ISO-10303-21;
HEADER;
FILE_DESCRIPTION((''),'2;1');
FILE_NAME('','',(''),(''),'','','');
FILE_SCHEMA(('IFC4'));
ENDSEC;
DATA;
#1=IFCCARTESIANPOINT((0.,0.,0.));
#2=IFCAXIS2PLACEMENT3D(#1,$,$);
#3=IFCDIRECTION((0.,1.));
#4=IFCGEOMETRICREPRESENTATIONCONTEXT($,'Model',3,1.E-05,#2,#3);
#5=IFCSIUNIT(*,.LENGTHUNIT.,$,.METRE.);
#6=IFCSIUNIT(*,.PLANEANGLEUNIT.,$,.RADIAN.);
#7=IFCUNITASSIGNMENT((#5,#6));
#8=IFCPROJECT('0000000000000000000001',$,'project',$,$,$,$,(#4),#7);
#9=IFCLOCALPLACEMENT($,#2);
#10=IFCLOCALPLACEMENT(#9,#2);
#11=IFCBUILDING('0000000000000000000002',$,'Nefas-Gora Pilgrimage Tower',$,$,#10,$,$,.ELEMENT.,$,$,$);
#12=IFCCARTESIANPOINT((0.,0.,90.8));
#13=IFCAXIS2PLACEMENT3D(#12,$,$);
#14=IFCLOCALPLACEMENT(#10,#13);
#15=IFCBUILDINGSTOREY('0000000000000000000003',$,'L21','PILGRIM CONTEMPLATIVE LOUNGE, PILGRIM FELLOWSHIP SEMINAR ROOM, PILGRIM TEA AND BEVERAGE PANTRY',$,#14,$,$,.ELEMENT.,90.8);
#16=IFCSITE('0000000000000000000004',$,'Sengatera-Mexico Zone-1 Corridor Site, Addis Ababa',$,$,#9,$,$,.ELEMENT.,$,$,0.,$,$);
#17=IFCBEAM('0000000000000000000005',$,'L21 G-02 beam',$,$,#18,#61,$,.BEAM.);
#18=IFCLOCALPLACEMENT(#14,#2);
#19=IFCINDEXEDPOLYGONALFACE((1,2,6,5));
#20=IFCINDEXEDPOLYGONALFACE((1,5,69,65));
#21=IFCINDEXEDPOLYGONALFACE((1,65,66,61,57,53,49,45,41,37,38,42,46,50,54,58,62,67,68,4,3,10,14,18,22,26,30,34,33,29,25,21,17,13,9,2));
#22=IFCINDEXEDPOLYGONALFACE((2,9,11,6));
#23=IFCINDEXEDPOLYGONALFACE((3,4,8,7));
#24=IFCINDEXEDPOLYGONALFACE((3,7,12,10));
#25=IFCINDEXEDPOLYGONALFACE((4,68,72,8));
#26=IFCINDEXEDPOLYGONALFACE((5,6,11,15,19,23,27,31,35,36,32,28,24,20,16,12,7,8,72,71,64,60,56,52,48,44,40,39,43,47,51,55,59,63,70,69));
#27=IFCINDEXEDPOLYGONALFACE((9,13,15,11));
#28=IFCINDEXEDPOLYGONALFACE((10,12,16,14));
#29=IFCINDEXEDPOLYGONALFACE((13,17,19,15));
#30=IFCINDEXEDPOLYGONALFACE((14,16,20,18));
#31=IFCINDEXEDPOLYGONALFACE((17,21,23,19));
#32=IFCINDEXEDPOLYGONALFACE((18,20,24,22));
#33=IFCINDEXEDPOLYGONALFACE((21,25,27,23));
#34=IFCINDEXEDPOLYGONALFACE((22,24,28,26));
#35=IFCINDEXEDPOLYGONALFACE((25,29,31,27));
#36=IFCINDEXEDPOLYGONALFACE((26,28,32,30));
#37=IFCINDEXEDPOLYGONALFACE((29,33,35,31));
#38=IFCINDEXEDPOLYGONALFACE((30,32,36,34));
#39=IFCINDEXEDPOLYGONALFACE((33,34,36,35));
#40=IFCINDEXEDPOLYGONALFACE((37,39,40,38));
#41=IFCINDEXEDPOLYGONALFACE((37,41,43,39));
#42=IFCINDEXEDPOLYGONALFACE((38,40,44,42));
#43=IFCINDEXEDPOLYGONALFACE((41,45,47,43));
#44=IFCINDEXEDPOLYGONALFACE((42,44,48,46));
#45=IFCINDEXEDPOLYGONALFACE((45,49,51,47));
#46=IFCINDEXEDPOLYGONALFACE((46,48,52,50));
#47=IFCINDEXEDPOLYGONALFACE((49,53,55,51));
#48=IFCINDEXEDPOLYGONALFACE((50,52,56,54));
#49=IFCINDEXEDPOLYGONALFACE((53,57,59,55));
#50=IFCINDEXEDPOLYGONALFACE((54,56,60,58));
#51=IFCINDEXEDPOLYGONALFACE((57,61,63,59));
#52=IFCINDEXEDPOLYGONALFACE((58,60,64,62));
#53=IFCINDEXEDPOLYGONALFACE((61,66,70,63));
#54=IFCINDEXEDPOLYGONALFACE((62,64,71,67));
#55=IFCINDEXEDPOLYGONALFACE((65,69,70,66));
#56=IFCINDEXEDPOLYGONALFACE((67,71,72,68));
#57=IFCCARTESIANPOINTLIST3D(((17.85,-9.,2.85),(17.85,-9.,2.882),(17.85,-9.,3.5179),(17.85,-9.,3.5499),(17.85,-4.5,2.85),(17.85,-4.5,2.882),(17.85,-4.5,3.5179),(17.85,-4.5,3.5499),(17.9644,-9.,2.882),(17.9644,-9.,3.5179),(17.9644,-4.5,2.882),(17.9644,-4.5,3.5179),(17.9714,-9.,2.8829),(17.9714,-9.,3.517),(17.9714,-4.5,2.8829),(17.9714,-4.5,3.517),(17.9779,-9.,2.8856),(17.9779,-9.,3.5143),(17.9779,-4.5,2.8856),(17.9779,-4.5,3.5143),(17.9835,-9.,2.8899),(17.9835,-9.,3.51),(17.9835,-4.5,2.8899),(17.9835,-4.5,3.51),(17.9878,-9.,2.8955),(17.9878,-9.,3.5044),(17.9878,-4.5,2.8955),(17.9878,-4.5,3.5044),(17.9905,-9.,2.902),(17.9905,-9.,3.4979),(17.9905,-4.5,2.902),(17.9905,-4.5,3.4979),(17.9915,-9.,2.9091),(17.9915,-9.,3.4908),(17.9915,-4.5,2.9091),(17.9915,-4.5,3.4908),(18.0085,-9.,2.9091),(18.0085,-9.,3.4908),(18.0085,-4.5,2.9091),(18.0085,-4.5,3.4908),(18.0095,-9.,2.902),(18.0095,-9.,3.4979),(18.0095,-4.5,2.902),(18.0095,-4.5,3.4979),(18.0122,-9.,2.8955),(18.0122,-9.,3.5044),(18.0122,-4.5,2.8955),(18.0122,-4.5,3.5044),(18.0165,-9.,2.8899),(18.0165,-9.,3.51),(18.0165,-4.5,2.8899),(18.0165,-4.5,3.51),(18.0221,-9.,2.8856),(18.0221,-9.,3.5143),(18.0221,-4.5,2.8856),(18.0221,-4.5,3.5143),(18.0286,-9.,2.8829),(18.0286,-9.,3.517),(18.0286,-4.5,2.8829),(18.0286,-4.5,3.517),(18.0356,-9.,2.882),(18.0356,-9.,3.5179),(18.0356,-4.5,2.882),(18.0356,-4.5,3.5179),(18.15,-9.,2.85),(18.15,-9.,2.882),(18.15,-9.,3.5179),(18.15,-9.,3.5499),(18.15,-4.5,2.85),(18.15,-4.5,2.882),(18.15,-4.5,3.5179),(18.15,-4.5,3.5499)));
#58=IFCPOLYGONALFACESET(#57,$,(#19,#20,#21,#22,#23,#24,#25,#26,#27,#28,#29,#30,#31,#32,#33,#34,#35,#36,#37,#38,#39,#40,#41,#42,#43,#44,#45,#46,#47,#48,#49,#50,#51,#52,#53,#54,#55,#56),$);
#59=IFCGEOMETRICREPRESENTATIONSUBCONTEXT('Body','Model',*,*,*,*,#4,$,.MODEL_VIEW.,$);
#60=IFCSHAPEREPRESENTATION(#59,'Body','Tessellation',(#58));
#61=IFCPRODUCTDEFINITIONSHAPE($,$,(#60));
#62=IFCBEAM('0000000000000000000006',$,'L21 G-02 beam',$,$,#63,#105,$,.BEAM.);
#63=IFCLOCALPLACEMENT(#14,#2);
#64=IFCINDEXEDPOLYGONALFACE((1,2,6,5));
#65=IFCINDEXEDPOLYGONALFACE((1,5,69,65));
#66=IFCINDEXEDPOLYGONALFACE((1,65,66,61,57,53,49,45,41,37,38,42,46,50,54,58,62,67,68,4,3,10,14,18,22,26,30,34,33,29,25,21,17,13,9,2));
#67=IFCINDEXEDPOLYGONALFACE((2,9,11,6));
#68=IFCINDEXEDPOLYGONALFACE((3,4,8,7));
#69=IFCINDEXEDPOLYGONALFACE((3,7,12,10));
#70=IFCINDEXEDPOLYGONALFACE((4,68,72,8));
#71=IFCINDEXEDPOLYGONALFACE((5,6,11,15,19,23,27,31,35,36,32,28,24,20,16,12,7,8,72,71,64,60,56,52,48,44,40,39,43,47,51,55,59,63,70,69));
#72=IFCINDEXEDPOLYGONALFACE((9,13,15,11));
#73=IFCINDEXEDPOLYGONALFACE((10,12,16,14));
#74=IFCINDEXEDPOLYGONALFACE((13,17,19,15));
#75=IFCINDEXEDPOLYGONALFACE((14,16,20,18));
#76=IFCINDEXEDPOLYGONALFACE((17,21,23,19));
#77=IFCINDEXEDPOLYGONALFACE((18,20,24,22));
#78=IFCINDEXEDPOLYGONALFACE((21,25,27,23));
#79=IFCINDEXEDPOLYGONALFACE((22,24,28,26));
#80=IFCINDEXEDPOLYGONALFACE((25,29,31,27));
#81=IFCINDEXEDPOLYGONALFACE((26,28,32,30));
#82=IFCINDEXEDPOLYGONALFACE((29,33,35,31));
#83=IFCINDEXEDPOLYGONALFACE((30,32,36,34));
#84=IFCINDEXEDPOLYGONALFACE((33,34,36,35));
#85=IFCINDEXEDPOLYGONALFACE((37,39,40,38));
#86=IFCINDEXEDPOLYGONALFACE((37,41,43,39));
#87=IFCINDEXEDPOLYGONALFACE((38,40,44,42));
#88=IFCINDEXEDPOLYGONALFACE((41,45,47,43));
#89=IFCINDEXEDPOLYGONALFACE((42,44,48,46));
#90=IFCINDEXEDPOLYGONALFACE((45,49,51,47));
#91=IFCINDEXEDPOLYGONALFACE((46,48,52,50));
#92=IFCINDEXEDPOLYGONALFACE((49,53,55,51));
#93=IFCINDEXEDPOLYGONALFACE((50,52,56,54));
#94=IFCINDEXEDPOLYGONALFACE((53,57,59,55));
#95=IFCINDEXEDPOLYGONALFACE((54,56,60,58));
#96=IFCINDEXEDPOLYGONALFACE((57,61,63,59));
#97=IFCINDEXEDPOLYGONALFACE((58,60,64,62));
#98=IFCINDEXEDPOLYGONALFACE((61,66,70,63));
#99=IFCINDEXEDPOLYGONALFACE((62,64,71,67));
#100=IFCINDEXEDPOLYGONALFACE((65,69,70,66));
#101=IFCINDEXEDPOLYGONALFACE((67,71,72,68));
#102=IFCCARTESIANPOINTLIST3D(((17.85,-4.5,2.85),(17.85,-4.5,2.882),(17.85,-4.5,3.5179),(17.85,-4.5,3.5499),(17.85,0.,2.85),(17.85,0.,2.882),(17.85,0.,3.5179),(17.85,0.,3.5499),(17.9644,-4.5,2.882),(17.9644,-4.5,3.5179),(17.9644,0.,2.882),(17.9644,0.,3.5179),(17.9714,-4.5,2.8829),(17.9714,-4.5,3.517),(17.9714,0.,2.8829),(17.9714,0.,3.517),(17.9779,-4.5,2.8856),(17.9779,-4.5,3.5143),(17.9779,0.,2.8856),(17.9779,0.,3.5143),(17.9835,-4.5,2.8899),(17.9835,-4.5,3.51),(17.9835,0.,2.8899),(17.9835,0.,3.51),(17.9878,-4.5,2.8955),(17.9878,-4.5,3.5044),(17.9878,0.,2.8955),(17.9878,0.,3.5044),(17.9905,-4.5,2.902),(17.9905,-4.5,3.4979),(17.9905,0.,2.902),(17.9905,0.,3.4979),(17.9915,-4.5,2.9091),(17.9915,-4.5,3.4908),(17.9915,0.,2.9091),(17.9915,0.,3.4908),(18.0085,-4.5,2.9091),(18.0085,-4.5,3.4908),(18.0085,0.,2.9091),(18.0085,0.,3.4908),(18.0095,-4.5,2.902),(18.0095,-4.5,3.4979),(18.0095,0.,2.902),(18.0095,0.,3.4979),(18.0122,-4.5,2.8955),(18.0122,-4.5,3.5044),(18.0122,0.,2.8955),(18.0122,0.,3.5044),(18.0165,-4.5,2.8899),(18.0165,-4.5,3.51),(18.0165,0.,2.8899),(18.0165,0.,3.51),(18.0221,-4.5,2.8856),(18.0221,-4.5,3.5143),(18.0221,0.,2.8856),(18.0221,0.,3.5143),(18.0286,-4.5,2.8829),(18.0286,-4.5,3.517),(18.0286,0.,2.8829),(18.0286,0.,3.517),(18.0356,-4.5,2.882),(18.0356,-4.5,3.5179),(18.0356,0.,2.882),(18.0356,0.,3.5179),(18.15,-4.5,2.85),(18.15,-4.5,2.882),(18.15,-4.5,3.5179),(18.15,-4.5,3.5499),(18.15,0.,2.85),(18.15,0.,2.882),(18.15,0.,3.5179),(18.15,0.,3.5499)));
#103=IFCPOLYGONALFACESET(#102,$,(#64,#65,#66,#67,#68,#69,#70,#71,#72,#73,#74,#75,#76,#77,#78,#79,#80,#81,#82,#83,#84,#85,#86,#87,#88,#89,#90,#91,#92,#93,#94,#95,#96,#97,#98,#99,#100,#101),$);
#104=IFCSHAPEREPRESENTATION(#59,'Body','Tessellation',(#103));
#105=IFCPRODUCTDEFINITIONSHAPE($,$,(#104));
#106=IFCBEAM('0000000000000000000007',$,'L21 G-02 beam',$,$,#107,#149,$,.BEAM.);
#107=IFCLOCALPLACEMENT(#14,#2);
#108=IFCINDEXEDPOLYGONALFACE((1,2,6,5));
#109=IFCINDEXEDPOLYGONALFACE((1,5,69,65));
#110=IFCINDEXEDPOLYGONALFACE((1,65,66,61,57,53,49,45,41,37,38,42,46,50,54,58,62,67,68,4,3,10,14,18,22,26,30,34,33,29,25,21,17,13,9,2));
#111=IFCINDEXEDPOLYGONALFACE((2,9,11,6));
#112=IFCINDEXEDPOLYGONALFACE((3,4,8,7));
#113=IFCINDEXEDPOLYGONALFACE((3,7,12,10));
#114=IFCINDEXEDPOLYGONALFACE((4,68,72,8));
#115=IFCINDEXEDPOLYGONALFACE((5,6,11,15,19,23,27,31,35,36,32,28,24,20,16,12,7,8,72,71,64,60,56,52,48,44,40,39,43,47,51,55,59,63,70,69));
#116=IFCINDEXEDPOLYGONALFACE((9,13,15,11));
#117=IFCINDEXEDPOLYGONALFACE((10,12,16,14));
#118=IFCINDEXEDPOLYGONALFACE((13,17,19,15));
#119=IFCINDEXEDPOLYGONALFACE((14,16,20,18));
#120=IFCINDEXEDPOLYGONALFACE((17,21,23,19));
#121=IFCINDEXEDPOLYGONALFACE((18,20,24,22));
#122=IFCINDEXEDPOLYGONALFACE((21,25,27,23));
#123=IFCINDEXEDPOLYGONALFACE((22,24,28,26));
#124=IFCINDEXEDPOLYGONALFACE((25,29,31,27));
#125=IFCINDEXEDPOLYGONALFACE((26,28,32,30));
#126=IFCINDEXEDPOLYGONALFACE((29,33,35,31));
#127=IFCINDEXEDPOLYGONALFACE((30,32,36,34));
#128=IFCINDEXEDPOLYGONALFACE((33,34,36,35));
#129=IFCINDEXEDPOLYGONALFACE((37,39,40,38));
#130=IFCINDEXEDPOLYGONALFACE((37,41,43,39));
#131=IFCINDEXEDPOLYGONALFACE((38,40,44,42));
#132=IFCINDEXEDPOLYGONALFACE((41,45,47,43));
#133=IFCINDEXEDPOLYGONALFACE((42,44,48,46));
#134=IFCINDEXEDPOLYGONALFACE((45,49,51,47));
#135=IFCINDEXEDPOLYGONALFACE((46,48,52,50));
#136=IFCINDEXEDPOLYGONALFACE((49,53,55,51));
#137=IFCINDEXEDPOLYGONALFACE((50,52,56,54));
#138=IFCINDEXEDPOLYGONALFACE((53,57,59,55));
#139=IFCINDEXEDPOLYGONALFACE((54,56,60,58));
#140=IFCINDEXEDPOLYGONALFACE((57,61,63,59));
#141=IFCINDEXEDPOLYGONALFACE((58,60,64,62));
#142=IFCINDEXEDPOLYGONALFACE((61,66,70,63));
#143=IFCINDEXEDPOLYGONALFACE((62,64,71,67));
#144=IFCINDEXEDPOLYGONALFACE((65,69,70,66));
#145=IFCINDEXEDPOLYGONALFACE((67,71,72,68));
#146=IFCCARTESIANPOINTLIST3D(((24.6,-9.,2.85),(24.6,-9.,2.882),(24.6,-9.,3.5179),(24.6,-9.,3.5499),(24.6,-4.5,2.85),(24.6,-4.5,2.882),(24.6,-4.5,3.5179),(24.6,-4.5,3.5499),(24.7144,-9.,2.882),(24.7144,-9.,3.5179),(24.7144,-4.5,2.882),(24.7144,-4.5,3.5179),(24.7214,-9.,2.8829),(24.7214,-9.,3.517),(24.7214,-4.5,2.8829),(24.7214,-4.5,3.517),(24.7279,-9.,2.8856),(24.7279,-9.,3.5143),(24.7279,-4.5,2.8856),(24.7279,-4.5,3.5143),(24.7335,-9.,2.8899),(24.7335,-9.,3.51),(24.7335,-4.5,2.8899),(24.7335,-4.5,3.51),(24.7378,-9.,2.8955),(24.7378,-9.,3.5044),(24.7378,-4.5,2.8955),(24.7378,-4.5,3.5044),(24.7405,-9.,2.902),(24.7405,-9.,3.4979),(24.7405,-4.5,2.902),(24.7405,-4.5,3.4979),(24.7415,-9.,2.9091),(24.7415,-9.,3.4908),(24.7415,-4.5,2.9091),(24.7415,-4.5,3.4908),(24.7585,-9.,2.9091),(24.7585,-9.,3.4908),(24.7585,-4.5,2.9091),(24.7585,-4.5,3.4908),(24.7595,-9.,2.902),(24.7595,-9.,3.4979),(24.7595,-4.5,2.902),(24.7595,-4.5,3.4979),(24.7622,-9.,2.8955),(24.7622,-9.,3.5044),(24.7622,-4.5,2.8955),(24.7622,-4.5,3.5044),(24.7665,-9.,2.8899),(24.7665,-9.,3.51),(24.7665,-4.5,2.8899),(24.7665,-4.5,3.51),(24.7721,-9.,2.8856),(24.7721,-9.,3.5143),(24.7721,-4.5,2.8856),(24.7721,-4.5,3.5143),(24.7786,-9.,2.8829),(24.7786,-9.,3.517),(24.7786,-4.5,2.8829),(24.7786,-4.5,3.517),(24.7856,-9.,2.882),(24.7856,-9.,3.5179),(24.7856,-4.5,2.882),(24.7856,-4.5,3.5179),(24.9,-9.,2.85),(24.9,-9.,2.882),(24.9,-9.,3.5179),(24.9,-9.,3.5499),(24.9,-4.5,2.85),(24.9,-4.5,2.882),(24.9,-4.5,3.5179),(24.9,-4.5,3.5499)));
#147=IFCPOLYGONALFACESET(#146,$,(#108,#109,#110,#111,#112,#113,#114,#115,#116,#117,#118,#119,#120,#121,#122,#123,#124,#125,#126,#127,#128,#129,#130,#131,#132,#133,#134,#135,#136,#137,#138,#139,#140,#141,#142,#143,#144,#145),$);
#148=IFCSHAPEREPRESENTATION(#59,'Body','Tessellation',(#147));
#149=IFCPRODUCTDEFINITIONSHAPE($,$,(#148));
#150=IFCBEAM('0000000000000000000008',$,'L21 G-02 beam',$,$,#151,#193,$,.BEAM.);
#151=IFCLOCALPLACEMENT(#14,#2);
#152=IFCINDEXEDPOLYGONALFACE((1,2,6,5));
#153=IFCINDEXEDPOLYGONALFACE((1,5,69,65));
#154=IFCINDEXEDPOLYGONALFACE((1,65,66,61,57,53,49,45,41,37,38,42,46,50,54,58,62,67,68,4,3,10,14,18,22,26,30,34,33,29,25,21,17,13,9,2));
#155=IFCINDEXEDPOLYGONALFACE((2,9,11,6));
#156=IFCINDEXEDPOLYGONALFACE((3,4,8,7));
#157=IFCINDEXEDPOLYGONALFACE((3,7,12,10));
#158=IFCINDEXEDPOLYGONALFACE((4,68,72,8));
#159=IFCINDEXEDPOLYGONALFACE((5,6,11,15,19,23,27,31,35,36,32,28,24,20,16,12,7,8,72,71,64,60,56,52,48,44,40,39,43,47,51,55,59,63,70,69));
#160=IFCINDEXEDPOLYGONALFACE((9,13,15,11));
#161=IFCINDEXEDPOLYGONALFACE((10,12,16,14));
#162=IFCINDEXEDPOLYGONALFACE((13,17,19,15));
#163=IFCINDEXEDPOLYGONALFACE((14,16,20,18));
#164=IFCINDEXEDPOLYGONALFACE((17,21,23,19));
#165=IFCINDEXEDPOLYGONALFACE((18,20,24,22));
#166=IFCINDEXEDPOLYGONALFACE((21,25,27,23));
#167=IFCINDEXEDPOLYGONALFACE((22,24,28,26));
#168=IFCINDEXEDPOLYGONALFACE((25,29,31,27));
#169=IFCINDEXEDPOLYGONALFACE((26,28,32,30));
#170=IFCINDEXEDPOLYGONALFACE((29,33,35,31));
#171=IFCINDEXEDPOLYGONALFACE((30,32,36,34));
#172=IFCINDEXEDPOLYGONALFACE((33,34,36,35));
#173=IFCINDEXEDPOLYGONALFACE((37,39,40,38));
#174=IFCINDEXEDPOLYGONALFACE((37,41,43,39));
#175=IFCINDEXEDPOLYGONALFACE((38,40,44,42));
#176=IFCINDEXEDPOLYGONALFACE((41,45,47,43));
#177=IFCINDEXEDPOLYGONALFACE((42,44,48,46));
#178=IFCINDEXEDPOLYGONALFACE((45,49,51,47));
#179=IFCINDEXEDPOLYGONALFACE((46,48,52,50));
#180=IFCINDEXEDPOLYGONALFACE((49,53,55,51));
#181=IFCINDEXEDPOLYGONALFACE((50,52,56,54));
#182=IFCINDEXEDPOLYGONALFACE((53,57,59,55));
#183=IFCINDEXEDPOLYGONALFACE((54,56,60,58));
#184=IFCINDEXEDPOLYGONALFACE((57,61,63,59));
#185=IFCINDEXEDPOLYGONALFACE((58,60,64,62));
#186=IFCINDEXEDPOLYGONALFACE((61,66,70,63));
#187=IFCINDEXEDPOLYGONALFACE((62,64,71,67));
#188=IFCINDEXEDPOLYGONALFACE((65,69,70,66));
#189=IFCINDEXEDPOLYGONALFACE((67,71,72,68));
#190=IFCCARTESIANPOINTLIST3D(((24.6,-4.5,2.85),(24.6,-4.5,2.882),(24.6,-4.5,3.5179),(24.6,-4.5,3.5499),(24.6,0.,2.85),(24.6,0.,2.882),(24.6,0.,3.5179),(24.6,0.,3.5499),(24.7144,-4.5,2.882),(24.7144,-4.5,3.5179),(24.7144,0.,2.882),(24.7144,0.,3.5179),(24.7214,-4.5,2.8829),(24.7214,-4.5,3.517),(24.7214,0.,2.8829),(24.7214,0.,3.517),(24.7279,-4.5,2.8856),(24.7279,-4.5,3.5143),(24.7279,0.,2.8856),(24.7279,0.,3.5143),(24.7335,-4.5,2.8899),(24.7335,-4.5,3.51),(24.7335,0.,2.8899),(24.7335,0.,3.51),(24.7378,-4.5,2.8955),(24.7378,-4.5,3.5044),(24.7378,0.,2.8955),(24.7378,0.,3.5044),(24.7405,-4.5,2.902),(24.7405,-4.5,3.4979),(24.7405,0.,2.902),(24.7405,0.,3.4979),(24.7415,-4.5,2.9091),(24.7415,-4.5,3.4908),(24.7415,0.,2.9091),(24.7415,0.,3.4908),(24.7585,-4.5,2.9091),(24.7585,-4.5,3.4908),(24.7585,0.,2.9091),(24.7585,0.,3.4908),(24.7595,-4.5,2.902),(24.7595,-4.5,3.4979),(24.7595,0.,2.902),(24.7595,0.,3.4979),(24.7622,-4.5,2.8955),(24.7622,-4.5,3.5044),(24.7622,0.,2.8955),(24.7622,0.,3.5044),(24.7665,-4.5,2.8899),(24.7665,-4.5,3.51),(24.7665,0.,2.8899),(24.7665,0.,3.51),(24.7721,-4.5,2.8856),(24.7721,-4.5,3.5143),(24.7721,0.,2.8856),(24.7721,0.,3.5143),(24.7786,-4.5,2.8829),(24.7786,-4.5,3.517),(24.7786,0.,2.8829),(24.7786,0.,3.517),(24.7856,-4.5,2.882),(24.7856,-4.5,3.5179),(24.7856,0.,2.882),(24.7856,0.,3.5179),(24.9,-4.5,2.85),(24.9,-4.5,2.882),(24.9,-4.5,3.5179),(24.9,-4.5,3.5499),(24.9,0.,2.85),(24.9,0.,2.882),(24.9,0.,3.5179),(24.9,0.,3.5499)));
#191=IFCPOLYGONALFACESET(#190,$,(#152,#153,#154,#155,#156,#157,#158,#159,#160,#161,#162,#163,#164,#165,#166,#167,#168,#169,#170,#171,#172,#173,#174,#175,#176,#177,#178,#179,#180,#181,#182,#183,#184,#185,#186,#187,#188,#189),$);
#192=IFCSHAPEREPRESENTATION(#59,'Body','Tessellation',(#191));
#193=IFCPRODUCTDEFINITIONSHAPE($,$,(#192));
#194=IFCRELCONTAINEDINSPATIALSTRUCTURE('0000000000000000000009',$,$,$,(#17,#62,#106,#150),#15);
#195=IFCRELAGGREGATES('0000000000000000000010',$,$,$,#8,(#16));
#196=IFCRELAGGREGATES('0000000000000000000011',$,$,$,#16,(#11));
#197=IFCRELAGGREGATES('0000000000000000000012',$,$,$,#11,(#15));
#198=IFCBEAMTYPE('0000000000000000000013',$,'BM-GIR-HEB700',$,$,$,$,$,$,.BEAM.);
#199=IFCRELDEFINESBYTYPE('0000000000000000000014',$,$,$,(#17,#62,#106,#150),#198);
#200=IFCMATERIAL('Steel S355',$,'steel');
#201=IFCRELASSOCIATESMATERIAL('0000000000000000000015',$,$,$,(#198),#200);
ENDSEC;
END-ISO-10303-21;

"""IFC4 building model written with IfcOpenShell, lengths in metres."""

from ifc_helpers import new_model, si_unit, direction, frame, origin, origin_2d, place, context, subcontext, project, spatial, i_section, extrude, source, transform, mapped, material, material_profile, profile_set, type_object, element, save


model = new_model("IFC4")

# Units and contexts
model_context = context("Model", 3, precision=1e-05, world=origin(), true_north=direction((0.0, 1.0)))
body_context = subcontext(model_context, "Body", "Model", "MODEL_VIEW")
ifc_project = project(units=[si_unit("LENGTHUNIT", "METRE"), si_unit("PLANEANGLEUNIT", "RADIAN")], contexts=[model_context])

# Site, building, storey
site_placement = place(None, origin())
site = spatial("IfcSite", under=ifc_project, at=site_placement, Name="Sengatera-Mexico Zone-1 Corridor Site, Addis Ababa", CompositionType="ELEMENT", RefElevation=0.0)
building_placement = place(site_placement, origin())
building = spatial("IfcBuilding", under=site, at=building_placement, Name="Nefas-Gora Pilgrimage Tower", CompositionType="ELEMENT")
storey_placement = place(building_placement, frame((0.0, 0.0, 90.8)))
storey = spatial("IfcBuildingStorey", under=building, at=storey_placement, Name="L21", Description="PILGRIM CONTEMPLATIVE LOUNGE, PILGRIM FELLOWSHIP SEMINAR ROOM, PILGRIM TEA AND BEVERAGE PANTRY", CompositionType="ELEMENT", Elevation=90.8)

# Beams
ifc_material_1 = material(Name="Steel S355", Category="steel")
ifc_material_profile_1 = material_profile(ifc_material_1, i_section(OverallWidth=0.3, OverallDepth=0.7, WebThickness=0.0171, FlangeThickness=0.032, FilletRadius=0.0271, at=origin_2d()), Name="HEB 700")
ifc_profile_set_1 = profile_set([ifc_material_profile_1], Name="Steel S355")
beam_type_1 = type_object("IfcBeamType", Name="BM-GIR-HEB700", PredefinedType="BEAM", material=ifc_profile_set_1)
shared_shape_1 = source(origin(), body_context, "Body", "SweptSolid", [
    extrude(i_section(OverallWidth=0.3, OverallDepth=0.7, WebThickness=0.0171, FlangeThickness=0.032, FilletRadius=0.0271, at=origin_2d()), origin(), (0.0, 0.0, 1.0), 4.5),
])
for number, where, z_axis, x_axis, name in (
    (1, (18.0, -9.0, 3.2), (0.0, 1.0, 0.0), (-1.0, 0.0, 0.0), "L21 G-02 beam"),
    (2, (18.0, -4.5, 3.2), (0.0, 1.0, 0.0), (-1.0, 0.0, 0.0), "L21 G-02 beam"),
    (3, (24.75, -9.0, 3.2), (0.0, 1.0, 0.0), (-1.0, 0.0, 0.0), "L21 G-02 beam"),
    (4, (24.75, -4.5, 3.2), (0.0, 1.0, 0.0), (-1.0, 0.0, 0.0), "L21 G-02 beam"),
):
    element("IfcBeam", number, at=place(storey_placement, frame(where, z_axis=z_axis, x_axis=x_axis)), inside=storey, type_object=beam_type_1, Name=name, PredefinedType="BEAM", context=body_context, shape_type="MappedRepresentation", body=[
        mapped(shared_shape_1, transform((0.0, 0.0, 0.0), x_axis=(1.0, 0.0, 0.0), y_axis=(0.0, 1.0, 0.0), z_axis=(0.0, 0.0, 1.0), scale=1.0)),
    ])

save(model, "model.ifc")
